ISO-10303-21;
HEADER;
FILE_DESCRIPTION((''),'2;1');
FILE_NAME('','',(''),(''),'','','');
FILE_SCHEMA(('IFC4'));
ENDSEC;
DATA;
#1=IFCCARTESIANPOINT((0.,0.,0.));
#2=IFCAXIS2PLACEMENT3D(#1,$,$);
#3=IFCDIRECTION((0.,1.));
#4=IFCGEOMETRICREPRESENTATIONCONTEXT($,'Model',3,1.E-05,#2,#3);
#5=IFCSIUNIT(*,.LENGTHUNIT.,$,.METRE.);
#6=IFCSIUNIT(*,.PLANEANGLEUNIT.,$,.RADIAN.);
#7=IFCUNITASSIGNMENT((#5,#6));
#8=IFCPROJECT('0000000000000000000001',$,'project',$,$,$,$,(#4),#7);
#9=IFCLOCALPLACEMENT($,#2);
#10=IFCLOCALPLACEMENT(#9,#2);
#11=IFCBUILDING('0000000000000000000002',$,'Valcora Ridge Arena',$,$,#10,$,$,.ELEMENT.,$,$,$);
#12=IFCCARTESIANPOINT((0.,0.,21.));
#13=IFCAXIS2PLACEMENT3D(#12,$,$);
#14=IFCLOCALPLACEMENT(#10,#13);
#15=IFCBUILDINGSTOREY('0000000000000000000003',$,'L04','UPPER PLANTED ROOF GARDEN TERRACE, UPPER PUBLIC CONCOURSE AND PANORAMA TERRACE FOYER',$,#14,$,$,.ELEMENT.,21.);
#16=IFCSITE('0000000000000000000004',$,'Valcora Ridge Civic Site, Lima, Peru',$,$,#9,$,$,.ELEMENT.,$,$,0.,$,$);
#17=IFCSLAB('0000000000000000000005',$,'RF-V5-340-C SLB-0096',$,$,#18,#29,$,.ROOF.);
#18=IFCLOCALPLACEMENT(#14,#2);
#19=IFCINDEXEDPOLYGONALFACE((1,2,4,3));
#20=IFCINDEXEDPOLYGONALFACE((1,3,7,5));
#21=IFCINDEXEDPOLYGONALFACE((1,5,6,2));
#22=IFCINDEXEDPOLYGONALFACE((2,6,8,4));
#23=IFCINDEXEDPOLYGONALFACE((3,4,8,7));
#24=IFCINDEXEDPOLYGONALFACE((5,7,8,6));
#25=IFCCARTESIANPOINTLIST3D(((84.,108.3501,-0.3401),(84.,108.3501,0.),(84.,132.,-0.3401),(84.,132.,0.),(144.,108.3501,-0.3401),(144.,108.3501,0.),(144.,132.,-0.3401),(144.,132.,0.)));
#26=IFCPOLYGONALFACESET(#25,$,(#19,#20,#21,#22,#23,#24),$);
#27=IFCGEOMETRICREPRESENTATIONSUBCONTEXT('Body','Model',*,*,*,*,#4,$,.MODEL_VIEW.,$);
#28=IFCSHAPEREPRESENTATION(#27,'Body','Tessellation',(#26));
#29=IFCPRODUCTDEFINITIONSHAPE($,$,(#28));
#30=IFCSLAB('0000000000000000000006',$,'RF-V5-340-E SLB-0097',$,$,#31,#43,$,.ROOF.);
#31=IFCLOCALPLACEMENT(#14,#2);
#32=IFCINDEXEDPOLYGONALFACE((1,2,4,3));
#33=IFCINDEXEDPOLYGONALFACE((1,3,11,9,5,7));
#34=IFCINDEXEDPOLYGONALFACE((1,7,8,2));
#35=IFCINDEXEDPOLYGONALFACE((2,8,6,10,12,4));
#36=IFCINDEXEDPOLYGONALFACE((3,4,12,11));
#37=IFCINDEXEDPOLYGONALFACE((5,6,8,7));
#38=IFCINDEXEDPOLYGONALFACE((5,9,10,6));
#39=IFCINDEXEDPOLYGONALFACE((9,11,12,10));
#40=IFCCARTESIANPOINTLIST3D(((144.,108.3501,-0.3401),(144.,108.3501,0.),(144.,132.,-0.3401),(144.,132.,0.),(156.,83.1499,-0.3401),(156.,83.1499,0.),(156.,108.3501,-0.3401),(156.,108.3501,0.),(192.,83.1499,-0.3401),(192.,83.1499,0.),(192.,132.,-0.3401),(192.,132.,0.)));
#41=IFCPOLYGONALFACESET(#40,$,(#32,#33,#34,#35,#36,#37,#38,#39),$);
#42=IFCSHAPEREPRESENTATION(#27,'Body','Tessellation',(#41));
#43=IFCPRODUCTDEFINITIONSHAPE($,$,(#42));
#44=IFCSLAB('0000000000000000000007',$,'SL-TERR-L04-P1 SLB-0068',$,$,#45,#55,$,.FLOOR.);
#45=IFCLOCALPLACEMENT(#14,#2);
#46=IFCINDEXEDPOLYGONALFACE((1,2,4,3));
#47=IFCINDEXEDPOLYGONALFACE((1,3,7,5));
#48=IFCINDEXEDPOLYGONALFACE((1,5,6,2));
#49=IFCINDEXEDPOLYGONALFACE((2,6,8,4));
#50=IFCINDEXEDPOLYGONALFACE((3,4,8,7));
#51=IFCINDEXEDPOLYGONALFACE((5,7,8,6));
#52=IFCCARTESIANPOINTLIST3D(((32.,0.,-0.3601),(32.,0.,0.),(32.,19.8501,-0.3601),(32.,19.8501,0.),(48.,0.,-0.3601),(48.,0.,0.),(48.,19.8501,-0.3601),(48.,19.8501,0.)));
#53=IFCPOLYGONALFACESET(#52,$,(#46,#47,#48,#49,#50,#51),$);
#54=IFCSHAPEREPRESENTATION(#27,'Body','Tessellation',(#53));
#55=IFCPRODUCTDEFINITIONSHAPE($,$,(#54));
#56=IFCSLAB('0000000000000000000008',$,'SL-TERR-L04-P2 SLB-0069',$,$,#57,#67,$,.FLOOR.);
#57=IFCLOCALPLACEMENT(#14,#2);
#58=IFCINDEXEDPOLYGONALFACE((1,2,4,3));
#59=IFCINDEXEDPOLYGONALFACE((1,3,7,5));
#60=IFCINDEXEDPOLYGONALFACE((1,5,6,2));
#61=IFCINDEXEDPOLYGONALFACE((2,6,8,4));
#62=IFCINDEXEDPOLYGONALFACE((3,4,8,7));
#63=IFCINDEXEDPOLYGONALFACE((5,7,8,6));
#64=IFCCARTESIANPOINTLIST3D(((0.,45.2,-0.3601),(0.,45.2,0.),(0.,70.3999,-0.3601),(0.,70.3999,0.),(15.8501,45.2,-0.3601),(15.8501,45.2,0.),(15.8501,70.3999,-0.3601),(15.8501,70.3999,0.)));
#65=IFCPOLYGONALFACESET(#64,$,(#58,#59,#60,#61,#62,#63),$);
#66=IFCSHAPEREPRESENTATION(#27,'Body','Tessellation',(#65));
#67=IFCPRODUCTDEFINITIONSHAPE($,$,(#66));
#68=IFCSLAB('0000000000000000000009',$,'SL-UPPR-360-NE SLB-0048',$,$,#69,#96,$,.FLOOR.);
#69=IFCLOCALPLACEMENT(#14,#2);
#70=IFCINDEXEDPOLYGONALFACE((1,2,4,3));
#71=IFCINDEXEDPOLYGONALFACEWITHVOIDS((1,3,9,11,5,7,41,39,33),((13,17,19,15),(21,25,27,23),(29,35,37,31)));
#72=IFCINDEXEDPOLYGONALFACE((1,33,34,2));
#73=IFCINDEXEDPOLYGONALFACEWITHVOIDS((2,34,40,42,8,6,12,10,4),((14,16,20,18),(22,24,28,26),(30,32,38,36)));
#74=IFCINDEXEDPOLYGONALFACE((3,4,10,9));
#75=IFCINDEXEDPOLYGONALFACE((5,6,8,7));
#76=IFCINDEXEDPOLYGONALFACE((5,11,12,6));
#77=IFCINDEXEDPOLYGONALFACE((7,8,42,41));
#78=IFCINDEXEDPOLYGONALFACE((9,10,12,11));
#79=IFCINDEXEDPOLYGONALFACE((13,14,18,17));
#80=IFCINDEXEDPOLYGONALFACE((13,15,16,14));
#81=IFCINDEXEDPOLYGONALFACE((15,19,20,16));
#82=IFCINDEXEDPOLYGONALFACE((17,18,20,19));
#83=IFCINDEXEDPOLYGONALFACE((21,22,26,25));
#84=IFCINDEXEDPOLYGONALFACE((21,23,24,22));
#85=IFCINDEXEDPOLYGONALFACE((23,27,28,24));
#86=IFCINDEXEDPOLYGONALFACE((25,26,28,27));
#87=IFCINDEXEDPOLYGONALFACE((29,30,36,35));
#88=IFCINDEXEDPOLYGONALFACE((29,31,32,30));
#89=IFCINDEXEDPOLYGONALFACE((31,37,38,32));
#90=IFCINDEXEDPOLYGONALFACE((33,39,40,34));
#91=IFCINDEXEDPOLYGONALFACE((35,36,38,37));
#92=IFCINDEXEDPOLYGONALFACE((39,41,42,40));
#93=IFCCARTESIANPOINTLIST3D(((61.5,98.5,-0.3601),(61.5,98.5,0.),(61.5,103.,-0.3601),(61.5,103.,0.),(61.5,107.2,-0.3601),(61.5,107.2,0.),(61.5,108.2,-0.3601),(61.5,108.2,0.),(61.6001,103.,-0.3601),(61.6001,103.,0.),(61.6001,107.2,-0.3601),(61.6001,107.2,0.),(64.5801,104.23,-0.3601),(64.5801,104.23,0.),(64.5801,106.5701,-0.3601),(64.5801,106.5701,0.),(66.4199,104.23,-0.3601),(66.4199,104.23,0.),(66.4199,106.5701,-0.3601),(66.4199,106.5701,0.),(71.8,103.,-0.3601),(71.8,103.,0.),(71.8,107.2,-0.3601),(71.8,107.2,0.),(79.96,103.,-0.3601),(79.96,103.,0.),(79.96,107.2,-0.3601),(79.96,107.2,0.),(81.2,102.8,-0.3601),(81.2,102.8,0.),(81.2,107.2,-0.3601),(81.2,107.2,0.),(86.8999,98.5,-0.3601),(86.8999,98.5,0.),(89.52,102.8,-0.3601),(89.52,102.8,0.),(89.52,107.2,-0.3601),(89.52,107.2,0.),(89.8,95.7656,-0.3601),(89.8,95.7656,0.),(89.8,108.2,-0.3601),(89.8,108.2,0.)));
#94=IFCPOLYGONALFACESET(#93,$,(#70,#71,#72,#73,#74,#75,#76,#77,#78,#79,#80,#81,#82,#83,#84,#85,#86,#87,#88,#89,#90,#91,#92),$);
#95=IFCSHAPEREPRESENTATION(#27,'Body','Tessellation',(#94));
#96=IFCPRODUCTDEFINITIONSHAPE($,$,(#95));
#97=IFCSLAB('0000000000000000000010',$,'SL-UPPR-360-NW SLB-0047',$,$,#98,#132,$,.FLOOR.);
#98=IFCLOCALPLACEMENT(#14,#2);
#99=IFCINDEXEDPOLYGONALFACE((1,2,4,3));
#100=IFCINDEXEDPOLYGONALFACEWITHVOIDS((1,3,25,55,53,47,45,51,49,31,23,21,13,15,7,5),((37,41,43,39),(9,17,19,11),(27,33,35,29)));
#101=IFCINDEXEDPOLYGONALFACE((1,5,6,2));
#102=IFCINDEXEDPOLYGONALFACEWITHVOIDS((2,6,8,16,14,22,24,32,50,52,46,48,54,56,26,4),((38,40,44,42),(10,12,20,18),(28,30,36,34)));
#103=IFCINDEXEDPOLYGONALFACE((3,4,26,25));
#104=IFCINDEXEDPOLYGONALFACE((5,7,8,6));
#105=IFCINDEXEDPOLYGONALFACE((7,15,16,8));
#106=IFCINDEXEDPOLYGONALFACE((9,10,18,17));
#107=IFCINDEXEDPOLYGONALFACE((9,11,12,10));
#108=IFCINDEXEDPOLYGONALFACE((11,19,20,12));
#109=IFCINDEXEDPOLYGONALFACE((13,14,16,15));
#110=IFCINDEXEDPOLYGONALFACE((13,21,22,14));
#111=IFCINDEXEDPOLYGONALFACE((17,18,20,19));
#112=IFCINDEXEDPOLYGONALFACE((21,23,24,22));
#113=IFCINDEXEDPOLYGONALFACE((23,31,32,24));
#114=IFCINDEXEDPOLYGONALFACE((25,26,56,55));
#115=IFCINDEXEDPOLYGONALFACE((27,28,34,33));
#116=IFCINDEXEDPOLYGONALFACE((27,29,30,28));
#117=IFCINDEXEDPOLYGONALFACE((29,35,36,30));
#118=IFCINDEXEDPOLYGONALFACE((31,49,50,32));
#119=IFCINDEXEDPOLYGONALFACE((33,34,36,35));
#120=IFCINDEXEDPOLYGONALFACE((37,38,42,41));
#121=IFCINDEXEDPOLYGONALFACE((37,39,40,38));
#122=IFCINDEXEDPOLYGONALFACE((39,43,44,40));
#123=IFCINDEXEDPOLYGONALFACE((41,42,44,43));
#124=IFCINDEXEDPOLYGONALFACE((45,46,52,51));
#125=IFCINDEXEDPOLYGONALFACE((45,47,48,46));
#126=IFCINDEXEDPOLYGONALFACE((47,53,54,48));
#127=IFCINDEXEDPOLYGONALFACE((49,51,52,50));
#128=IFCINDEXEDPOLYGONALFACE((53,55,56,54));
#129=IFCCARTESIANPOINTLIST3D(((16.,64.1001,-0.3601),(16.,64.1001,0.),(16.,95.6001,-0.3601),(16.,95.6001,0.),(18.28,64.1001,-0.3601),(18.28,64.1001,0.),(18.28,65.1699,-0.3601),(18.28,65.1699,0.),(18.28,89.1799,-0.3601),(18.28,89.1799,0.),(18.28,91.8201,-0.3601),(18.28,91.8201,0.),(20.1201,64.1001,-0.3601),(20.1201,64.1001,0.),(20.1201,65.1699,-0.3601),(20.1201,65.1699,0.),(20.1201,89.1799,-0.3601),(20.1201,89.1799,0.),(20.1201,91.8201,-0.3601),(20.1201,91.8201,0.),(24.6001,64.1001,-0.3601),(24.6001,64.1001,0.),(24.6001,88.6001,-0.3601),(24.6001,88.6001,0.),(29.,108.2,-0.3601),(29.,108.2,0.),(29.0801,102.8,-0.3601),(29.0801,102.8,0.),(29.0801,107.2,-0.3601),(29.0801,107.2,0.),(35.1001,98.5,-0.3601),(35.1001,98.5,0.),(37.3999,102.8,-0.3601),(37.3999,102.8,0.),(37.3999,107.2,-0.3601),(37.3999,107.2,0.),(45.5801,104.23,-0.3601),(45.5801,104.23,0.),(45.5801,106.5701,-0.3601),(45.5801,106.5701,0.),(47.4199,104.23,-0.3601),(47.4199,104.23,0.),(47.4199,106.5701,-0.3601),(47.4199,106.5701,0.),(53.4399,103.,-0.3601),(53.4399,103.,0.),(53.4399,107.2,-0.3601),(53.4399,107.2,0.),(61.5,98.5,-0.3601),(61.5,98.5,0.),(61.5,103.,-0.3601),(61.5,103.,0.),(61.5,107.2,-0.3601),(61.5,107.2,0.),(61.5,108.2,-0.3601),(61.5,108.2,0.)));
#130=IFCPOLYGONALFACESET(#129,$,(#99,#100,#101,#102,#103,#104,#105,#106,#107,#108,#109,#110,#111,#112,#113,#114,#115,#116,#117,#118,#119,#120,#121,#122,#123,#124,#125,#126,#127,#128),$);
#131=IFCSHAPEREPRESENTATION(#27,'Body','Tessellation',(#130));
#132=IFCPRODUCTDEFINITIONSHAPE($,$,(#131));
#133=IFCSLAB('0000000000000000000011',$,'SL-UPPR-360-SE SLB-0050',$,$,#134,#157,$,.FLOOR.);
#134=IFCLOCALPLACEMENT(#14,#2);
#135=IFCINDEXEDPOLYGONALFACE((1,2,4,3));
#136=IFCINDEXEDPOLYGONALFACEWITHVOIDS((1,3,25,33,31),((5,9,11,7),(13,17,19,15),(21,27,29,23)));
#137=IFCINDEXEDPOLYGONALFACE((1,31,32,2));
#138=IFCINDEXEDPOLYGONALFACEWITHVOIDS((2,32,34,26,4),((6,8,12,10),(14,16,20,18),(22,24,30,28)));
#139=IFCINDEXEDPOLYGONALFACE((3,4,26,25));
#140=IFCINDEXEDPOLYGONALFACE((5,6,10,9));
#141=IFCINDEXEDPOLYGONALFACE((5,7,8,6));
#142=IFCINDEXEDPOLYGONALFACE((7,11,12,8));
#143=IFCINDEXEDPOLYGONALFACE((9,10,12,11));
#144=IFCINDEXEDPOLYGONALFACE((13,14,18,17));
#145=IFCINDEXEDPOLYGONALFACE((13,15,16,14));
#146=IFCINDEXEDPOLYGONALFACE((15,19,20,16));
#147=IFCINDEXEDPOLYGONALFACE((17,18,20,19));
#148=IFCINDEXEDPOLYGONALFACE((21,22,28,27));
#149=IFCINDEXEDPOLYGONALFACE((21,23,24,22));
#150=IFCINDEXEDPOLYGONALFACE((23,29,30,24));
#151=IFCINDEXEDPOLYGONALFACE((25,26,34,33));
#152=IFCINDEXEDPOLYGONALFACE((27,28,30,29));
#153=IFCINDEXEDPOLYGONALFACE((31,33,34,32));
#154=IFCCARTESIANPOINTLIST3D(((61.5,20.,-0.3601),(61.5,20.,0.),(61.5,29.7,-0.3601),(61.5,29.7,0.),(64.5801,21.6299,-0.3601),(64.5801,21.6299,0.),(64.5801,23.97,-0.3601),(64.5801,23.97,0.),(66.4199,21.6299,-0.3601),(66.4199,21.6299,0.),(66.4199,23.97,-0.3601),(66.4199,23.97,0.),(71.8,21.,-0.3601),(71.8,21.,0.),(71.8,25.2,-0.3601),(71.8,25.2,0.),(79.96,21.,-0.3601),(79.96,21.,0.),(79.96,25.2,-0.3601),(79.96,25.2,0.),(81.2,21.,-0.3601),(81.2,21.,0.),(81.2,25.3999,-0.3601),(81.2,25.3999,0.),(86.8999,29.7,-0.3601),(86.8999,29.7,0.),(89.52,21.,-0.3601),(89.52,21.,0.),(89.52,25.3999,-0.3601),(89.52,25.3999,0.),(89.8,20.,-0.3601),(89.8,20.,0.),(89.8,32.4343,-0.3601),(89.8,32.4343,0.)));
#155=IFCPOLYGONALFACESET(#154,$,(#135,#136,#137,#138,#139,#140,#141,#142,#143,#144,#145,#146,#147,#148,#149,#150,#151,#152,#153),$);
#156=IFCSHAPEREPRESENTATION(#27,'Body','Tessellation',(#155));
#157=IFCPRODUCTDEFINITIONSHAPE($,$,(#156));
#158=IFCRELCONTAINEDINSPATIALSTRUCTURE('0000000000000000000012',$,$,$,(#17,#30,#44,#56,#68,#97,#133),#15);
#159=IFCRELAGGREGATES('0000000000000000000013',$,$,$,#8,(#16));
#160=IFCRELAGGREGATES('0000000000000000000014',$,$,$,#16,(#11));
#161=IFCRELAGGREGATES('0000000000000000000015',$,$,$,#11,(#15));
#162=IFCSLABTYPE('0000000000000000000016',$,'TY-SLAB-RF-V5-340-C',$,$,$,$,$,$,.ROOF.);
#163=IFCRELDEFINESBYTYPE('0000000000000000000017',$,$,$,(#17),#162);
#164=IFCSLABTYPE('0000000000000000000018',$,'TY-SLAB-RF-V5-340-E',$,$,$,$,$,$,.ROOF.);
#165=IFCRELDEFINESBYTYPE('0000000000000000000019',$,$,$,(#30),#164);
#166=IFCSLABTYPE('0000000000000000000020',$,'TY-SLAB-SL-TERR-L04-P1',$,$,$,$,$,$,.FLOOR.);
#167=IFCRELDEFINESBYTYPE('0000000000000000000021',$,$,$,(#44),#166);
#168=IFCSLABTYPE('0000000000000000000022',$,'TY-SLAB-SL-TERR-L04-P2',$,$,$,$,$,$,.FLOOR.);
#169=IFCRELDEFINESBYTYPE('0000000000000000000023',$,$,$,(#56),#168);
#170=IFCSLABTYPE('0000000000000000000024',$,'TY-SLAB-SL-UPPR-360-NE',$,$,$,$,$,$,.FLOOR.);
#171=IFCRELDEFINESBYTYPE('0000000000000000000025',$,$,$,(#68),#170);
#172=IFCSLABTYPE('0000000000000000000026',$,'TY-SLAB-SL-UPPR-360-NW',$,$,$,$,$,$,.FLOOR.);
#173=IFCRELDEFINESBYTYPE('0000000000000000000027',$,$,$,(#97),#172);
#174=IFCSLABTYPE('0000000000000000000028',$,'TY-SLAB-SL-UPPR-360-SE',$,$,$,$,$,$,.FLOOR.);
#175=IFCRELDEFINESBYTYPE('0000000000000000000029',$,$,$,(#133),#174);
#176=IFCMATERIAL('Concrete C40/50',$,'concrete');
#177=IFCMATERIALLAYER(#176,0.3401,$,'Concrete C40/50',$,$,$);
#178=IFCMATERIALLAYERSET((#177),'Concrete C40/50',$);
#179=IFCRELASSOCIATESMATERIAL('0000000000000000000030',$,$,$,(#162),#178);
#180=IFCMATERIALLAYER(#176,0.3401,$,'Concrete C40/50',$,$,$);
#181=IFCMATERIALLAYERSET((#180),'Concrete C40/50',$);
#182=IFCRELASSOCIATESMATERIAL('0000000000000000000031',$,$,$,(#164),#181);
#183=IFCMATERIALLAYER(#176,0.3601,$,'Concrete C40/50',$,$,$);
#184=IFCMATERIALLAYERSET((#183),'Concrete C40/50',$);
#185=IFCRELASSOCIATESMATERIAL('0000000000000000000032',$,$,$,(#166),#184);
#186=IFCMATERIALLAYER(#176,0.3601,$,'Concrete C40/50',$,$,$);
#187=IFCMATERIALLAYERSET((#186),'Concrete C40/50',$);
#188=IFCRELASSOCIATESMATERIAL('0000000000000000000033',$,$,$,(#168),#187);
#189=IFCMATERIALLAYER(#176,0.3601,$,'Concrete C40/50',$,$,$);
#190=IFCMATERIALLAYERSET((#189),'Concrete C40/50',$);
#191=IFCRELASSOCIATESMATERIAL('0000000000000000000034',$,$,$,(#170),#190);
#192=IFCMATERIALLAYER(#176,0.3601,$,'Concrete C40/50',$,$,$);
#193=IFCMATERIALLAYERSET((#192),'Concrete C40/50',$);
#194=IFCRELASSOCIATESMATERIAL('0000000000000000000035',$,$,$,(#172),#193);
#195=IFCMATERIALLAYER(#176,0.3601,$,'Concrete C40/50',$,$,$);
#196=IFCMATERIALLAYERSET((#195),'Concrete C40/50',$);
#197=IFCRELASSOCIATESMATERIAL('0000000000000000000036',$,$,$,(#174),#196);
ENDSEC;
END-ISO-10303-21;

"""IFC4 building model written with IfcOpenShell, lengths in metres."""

from ifc_helpers import new_model, si_unit, direction, frame, origin, place, context, subcontext, project, spatial, polyline, outline, extrude, material, layer, layer_set, type_object, element, save


model = new_model("IFC4")

# Units and contexts
model_context = context("Model", 3, precision=1e-05, world=origin(), true_north=direction((0.0, 1.0)))
body_context = subcontext(model_context, "Body", "Model", "MODEL_VIEW")
ifc_project = project(units=[si_unit("LENGTHUNIT", "METRE"), si_unit("PLANEANGLEUNIT", "RADIAN")], contexts=[model_context])

# Site, building, storey
site_placement = place(None, origin())
site = spatial("IfcSite", under=ifc_project, at=site_placement, Name="Valcora Ridge Civic Site, Lima, Peru", CompositionType="ELEMENT", RefElevation=0.0)
building_placement = place(site_placement, origin())
building = spatial("IfcBuilding", under=site, at=building_placement, Name="Valcora Ridge Arena", CompositionType="ELEMENT")
storey_placement = place(building_placement, frame((0.0, 0.0, 21.0)))
storey = spatial("IfcBuildingStorey", under=building, at=storey_placement, Name="L04", Description="UPPER PLANTED ROOF GARDEN TERRACE, UPPER PUBLIC CONCOURSE AND PANORAMA TERRACE FOYER", CompositionType="ELEMENT", Elevation=21.0)

# Slabs
ifc_material_1 = material(Name="Concrete C40/50", Category="concrete")
ifc_layer_1 = layer(ifc_material_1, 0.3401, Name="Concrete C40/50")
ifc_layer_set_1 = layer_set([ifc_layer_1], Name="Concrete C40/50")
slab_type_1 = type_object("IfcSlabType", Name="TY-SLAB-RF-V5-340-C", PredefinedType="ROOF", material=ifc_layer_set_1)
slab_1_placement = place(storey_placement, frame((0.0, 0.0, -0.3401)))
element("IfcSlab", 1, at=slab_1_placement, inside=storey, type_object=slab_type_1, Name="RF-V5-340-C SLB-0096", PredefinedType="ROOF", context=body_context, shape_type="SweptSolid", body=[
    extrude(outline(polyline([(84.0, 108.3501), (144.0, 108.3501), (144.0, 132.0), (84.0, 132.0), (84.0, 108.3501)])), origin(), (0.0, 0.0, 1.0), 0.3401),
])
ifc_layer_2 = layer(ifc_material_1, 0.3401, Name="Concrete C40/50")
ifc_layer_set_2 = layer_set([ifc_layer_2], Name="Concrete C40/50")
slab_type_2 = type_object("IfcSlabType", Name="TY-SLAB-RF-V5-340-E", PredefinedType="ROOF", material=ifc_layer_set_2)
slab_2_placement = place(storey_placement, frame((0.0, 0.0, -0.3401)))
element("IfcSlab", 2, at=slab_2_placement, inside=storey, type_object=slab_type_2, Name="RF-V5-340-E SLB-0097", PredefinedType="ROOF", context=body_context, shape_type="SweptSolid", body=[
    extrude(outline(polyline([(156.0, 83.1499), (192.0, 83.1499), (192.0, 132.0), (144.0, 132.0), (144.0, 108.3501), (156.0, 108.3501), (156.0, 83.1499)])), origin(), (0.0, 0.0, 1.0), 0.3401),
])

# Slabs
ifc_layer_3 = layer(ifc_material_1, 0.3601, Name="Concrete C40/50")
ifc_layer_set_3 = layer_set([ifc_layer_3], Name="Concrete C40/50")
slab_type_3 = type_object("IfcSlabType", Name="TY-SLAB-SL-TERR-L04-P1", PredefinedType="FLOOR", material=ifc_layer_set_3)
slab_3_placement = place(storey_placement, frame((0.0, 0.0, -0.3601)))
element("IfcSlab", 3, at=slab_3_placement, inside=storey, type_object=slab_type_3, Name="SL-TERR-L04-P1 SLB-0068", PredefinedType="FLOOR", context=body_context, shape_type="SweptSolid", body=[
    extrude(outline(polyline([(48.0, 19.8501), (32.0, 19.8501), (32.0, 0.0), (48.0, 0.0), (48.0, 19.8501)])), origin(), (0.0, 0.0, 1.0), 0.3601),
])
ifc_layer_4 = layer(ifc_material_1, 0.3601, Name="Concrete C40/50")
ifc_layer_set_4 = layer_set([ifc_layer_4], Name="Concrete C40/50")
slab_type_4 = type_object("IfcSlabType", Name="TY-SLAB-SL-TERR-L04-P2", PredefinedType="FLOOR", material=ifc_layer_set_4)
slab_4_placement = place(storey_placement, frame((0.0, 0.0, -0.3601)))
element("IfcSlab", 4, at=slab_4_placement, inside=storey, type_object=slab_type_4, Name="SL-TERR-L04-P2 SLB-0069", PredefinedType="FLOOR", context=body_context, shape_type="SweptSolid", body=[
    extrude(outline(polyline([(0.0, 70.3999), (0.0, 45.2), (15.8501, 45.2), (15.8501, 70.3999), (0.0, 70.3999)])), origin(), (0.0, 0.0, 1.0), 0.3601),
])
ifc_layer_5 = layer(ifc_material_1, 0.3601, Name="Concrete C40/50")
ifc_layer_set_5 = layer_set([ifc_layer_5], Name="Concrete C40/50")
slab_type_5 = type_object("IfcSlabType", Name="TY-SLAB-SL-UPPR-360-NE", PredefinedType="FLOOR", material=ifc_layer_set_5)
slab_5_placement = place(storey_placement, frame((0.0, 0.0, -0.3601)))
element("IfcSlab", 5, at=slab_5_placement, inside=storey, type_object=slab_type_5, Name="SL-UPPR-360-NE SLB-0048", PredefinedType="FLOOR", context=body_context, shape_type="SweptSolid", body=[
    extrude(outline(polyline([(89.8, 108.2), (61.5, 108.2), (61.5, 107.2), (61.6001, 107.2), (61.6001, 103.0), (61.5, 103.0), (61.5, 98.5), (86.8999, 98.5), (89.8, 95.7656), (89.8, 108.2)]), holes=[polyline([(81.2, 102.8), (89.52, 102.8), (89.52, 107.2), (81.2, 107.2), (81.2, 102.8)]), polyline([(71.8, 103.0), (79.96, 103.0), (79.96, 107.2), (71.8, 107.2), (71.8, 103.0)]), polyline([(64.5801, 106.5701), (64.5801, 104.23), (66.4199, 104.23), (66.4199, 106.5701), (64.5801, 106.5701)])]), origin(), (0.0, 0.0, 1.0), 0.3601),
])
ifc_layer_6 = layer(ifc_material_1, 0.3601, Name="Concrete C40/50")
ifc_layer_set_6 = layer_set([ifc_layer_6], Name="Concrete C40/50")
slab_type_6 = type_object("IfcSlabType", Name="TY-SLAB-SL-UPPR-360-NW", PredefinedType="FLOOR", material=ifc_layer_set_6)
slab_6_placement = place(storey_placement, frame((0.0, 0.0, -0.3601)))
element("IfcSlab", 6, at=slab_6_placement, inside=storey, type_object=slab_type_6, Name="SL-UPPR-360-NW SLB-0047", PredefinedType="FLOOR", context=body_context, shape_type="SweptSolid", body=[
    extrude(outline(polyline([(16.0, 95.6001), (16.0, 64.1001), (18.28, 64.1001), (18.28, 65.1699), (20.1201, 65.1699), (20.1201, 64.1001), (24.6001, 64.1001), (24.6001, 88.6001), (35.1001, 98.5), (61.5, 98.5), (61.5, 103.0), (53.4399, 103.0), (53.4399, 107.2), (61.5, 107.2), (61.5, 108.2), (29.0, 108.2), (16.0, 95.6001)]), holes=[polyline([(37.3999, 102.8), (37.3999, 107.2), (29.0801, 107.2), (29.0801, 102.8), (37.3999, 102.8)]), polyline([(18.28, 91.8201), (18.28, 89.1799), (20.1201, 89.1799), (20.1201, 91.8201), (18.28, 91.8201)]), polyline([(45.5801, 106.5701), (45.5801, 104.23), (47.4199, 104.23), (47.4199, 106.5701), (45.5801, 106.5701)])]), origin(), (0.0, 0.0, 1.0), 0.3601),
])
ifc_layer_7 = layer(ifc_material_1, 0.3601, Name="Concrete C40/50")
ifc_layer_set_7 = layer_set([ifc_layer_7], Name="Concrete C40/50")
slab_type_7 = type_object("IfcSlabType", Name="TY-SLAB-SL-UPPR-360-SE", PredefinedType="FLOOR", material=ifc_layer_set_7)
slab_7_placement = place(storey_placement, frame((0.0, 0.0, -0.3601)))
element("IfcSlab", 7, at=slab_7_placement, inside=storey, type_object=slab_type_7, Name="SL-UPPR-360-SE SLB-0050", PredefinedType="FLOOR", context=body_context, shape_type="SweptSolid", body=[
    extrude(outline(polyline([(86.8999, 29.7), (61.5, 29.7), (61.5, 20.0), (89.8, 20.0), (89.8, 32.4343), (86.8999, 29.7)]), holes=[polyline([(71.8, 21.0), (79.96, 21.0), (79.96, 25.2), (71.8, 25.2), (71.8, 21.0)]), polyline([(81.2, 21.0), (89.52, 21.0), (89.52, 25.3999), (81.2, 25.3999), (81.2, 21.0)]), polyline([(64.5801, 23.97), (64.5801, 21.6299), (66.4199, 21.6299), (66.4199, 23.97), (64.5801, 23.97)])]), origin(), (0.0, 0.0, 1.0), 0.3601),
])

save(model, "model.ifc")
